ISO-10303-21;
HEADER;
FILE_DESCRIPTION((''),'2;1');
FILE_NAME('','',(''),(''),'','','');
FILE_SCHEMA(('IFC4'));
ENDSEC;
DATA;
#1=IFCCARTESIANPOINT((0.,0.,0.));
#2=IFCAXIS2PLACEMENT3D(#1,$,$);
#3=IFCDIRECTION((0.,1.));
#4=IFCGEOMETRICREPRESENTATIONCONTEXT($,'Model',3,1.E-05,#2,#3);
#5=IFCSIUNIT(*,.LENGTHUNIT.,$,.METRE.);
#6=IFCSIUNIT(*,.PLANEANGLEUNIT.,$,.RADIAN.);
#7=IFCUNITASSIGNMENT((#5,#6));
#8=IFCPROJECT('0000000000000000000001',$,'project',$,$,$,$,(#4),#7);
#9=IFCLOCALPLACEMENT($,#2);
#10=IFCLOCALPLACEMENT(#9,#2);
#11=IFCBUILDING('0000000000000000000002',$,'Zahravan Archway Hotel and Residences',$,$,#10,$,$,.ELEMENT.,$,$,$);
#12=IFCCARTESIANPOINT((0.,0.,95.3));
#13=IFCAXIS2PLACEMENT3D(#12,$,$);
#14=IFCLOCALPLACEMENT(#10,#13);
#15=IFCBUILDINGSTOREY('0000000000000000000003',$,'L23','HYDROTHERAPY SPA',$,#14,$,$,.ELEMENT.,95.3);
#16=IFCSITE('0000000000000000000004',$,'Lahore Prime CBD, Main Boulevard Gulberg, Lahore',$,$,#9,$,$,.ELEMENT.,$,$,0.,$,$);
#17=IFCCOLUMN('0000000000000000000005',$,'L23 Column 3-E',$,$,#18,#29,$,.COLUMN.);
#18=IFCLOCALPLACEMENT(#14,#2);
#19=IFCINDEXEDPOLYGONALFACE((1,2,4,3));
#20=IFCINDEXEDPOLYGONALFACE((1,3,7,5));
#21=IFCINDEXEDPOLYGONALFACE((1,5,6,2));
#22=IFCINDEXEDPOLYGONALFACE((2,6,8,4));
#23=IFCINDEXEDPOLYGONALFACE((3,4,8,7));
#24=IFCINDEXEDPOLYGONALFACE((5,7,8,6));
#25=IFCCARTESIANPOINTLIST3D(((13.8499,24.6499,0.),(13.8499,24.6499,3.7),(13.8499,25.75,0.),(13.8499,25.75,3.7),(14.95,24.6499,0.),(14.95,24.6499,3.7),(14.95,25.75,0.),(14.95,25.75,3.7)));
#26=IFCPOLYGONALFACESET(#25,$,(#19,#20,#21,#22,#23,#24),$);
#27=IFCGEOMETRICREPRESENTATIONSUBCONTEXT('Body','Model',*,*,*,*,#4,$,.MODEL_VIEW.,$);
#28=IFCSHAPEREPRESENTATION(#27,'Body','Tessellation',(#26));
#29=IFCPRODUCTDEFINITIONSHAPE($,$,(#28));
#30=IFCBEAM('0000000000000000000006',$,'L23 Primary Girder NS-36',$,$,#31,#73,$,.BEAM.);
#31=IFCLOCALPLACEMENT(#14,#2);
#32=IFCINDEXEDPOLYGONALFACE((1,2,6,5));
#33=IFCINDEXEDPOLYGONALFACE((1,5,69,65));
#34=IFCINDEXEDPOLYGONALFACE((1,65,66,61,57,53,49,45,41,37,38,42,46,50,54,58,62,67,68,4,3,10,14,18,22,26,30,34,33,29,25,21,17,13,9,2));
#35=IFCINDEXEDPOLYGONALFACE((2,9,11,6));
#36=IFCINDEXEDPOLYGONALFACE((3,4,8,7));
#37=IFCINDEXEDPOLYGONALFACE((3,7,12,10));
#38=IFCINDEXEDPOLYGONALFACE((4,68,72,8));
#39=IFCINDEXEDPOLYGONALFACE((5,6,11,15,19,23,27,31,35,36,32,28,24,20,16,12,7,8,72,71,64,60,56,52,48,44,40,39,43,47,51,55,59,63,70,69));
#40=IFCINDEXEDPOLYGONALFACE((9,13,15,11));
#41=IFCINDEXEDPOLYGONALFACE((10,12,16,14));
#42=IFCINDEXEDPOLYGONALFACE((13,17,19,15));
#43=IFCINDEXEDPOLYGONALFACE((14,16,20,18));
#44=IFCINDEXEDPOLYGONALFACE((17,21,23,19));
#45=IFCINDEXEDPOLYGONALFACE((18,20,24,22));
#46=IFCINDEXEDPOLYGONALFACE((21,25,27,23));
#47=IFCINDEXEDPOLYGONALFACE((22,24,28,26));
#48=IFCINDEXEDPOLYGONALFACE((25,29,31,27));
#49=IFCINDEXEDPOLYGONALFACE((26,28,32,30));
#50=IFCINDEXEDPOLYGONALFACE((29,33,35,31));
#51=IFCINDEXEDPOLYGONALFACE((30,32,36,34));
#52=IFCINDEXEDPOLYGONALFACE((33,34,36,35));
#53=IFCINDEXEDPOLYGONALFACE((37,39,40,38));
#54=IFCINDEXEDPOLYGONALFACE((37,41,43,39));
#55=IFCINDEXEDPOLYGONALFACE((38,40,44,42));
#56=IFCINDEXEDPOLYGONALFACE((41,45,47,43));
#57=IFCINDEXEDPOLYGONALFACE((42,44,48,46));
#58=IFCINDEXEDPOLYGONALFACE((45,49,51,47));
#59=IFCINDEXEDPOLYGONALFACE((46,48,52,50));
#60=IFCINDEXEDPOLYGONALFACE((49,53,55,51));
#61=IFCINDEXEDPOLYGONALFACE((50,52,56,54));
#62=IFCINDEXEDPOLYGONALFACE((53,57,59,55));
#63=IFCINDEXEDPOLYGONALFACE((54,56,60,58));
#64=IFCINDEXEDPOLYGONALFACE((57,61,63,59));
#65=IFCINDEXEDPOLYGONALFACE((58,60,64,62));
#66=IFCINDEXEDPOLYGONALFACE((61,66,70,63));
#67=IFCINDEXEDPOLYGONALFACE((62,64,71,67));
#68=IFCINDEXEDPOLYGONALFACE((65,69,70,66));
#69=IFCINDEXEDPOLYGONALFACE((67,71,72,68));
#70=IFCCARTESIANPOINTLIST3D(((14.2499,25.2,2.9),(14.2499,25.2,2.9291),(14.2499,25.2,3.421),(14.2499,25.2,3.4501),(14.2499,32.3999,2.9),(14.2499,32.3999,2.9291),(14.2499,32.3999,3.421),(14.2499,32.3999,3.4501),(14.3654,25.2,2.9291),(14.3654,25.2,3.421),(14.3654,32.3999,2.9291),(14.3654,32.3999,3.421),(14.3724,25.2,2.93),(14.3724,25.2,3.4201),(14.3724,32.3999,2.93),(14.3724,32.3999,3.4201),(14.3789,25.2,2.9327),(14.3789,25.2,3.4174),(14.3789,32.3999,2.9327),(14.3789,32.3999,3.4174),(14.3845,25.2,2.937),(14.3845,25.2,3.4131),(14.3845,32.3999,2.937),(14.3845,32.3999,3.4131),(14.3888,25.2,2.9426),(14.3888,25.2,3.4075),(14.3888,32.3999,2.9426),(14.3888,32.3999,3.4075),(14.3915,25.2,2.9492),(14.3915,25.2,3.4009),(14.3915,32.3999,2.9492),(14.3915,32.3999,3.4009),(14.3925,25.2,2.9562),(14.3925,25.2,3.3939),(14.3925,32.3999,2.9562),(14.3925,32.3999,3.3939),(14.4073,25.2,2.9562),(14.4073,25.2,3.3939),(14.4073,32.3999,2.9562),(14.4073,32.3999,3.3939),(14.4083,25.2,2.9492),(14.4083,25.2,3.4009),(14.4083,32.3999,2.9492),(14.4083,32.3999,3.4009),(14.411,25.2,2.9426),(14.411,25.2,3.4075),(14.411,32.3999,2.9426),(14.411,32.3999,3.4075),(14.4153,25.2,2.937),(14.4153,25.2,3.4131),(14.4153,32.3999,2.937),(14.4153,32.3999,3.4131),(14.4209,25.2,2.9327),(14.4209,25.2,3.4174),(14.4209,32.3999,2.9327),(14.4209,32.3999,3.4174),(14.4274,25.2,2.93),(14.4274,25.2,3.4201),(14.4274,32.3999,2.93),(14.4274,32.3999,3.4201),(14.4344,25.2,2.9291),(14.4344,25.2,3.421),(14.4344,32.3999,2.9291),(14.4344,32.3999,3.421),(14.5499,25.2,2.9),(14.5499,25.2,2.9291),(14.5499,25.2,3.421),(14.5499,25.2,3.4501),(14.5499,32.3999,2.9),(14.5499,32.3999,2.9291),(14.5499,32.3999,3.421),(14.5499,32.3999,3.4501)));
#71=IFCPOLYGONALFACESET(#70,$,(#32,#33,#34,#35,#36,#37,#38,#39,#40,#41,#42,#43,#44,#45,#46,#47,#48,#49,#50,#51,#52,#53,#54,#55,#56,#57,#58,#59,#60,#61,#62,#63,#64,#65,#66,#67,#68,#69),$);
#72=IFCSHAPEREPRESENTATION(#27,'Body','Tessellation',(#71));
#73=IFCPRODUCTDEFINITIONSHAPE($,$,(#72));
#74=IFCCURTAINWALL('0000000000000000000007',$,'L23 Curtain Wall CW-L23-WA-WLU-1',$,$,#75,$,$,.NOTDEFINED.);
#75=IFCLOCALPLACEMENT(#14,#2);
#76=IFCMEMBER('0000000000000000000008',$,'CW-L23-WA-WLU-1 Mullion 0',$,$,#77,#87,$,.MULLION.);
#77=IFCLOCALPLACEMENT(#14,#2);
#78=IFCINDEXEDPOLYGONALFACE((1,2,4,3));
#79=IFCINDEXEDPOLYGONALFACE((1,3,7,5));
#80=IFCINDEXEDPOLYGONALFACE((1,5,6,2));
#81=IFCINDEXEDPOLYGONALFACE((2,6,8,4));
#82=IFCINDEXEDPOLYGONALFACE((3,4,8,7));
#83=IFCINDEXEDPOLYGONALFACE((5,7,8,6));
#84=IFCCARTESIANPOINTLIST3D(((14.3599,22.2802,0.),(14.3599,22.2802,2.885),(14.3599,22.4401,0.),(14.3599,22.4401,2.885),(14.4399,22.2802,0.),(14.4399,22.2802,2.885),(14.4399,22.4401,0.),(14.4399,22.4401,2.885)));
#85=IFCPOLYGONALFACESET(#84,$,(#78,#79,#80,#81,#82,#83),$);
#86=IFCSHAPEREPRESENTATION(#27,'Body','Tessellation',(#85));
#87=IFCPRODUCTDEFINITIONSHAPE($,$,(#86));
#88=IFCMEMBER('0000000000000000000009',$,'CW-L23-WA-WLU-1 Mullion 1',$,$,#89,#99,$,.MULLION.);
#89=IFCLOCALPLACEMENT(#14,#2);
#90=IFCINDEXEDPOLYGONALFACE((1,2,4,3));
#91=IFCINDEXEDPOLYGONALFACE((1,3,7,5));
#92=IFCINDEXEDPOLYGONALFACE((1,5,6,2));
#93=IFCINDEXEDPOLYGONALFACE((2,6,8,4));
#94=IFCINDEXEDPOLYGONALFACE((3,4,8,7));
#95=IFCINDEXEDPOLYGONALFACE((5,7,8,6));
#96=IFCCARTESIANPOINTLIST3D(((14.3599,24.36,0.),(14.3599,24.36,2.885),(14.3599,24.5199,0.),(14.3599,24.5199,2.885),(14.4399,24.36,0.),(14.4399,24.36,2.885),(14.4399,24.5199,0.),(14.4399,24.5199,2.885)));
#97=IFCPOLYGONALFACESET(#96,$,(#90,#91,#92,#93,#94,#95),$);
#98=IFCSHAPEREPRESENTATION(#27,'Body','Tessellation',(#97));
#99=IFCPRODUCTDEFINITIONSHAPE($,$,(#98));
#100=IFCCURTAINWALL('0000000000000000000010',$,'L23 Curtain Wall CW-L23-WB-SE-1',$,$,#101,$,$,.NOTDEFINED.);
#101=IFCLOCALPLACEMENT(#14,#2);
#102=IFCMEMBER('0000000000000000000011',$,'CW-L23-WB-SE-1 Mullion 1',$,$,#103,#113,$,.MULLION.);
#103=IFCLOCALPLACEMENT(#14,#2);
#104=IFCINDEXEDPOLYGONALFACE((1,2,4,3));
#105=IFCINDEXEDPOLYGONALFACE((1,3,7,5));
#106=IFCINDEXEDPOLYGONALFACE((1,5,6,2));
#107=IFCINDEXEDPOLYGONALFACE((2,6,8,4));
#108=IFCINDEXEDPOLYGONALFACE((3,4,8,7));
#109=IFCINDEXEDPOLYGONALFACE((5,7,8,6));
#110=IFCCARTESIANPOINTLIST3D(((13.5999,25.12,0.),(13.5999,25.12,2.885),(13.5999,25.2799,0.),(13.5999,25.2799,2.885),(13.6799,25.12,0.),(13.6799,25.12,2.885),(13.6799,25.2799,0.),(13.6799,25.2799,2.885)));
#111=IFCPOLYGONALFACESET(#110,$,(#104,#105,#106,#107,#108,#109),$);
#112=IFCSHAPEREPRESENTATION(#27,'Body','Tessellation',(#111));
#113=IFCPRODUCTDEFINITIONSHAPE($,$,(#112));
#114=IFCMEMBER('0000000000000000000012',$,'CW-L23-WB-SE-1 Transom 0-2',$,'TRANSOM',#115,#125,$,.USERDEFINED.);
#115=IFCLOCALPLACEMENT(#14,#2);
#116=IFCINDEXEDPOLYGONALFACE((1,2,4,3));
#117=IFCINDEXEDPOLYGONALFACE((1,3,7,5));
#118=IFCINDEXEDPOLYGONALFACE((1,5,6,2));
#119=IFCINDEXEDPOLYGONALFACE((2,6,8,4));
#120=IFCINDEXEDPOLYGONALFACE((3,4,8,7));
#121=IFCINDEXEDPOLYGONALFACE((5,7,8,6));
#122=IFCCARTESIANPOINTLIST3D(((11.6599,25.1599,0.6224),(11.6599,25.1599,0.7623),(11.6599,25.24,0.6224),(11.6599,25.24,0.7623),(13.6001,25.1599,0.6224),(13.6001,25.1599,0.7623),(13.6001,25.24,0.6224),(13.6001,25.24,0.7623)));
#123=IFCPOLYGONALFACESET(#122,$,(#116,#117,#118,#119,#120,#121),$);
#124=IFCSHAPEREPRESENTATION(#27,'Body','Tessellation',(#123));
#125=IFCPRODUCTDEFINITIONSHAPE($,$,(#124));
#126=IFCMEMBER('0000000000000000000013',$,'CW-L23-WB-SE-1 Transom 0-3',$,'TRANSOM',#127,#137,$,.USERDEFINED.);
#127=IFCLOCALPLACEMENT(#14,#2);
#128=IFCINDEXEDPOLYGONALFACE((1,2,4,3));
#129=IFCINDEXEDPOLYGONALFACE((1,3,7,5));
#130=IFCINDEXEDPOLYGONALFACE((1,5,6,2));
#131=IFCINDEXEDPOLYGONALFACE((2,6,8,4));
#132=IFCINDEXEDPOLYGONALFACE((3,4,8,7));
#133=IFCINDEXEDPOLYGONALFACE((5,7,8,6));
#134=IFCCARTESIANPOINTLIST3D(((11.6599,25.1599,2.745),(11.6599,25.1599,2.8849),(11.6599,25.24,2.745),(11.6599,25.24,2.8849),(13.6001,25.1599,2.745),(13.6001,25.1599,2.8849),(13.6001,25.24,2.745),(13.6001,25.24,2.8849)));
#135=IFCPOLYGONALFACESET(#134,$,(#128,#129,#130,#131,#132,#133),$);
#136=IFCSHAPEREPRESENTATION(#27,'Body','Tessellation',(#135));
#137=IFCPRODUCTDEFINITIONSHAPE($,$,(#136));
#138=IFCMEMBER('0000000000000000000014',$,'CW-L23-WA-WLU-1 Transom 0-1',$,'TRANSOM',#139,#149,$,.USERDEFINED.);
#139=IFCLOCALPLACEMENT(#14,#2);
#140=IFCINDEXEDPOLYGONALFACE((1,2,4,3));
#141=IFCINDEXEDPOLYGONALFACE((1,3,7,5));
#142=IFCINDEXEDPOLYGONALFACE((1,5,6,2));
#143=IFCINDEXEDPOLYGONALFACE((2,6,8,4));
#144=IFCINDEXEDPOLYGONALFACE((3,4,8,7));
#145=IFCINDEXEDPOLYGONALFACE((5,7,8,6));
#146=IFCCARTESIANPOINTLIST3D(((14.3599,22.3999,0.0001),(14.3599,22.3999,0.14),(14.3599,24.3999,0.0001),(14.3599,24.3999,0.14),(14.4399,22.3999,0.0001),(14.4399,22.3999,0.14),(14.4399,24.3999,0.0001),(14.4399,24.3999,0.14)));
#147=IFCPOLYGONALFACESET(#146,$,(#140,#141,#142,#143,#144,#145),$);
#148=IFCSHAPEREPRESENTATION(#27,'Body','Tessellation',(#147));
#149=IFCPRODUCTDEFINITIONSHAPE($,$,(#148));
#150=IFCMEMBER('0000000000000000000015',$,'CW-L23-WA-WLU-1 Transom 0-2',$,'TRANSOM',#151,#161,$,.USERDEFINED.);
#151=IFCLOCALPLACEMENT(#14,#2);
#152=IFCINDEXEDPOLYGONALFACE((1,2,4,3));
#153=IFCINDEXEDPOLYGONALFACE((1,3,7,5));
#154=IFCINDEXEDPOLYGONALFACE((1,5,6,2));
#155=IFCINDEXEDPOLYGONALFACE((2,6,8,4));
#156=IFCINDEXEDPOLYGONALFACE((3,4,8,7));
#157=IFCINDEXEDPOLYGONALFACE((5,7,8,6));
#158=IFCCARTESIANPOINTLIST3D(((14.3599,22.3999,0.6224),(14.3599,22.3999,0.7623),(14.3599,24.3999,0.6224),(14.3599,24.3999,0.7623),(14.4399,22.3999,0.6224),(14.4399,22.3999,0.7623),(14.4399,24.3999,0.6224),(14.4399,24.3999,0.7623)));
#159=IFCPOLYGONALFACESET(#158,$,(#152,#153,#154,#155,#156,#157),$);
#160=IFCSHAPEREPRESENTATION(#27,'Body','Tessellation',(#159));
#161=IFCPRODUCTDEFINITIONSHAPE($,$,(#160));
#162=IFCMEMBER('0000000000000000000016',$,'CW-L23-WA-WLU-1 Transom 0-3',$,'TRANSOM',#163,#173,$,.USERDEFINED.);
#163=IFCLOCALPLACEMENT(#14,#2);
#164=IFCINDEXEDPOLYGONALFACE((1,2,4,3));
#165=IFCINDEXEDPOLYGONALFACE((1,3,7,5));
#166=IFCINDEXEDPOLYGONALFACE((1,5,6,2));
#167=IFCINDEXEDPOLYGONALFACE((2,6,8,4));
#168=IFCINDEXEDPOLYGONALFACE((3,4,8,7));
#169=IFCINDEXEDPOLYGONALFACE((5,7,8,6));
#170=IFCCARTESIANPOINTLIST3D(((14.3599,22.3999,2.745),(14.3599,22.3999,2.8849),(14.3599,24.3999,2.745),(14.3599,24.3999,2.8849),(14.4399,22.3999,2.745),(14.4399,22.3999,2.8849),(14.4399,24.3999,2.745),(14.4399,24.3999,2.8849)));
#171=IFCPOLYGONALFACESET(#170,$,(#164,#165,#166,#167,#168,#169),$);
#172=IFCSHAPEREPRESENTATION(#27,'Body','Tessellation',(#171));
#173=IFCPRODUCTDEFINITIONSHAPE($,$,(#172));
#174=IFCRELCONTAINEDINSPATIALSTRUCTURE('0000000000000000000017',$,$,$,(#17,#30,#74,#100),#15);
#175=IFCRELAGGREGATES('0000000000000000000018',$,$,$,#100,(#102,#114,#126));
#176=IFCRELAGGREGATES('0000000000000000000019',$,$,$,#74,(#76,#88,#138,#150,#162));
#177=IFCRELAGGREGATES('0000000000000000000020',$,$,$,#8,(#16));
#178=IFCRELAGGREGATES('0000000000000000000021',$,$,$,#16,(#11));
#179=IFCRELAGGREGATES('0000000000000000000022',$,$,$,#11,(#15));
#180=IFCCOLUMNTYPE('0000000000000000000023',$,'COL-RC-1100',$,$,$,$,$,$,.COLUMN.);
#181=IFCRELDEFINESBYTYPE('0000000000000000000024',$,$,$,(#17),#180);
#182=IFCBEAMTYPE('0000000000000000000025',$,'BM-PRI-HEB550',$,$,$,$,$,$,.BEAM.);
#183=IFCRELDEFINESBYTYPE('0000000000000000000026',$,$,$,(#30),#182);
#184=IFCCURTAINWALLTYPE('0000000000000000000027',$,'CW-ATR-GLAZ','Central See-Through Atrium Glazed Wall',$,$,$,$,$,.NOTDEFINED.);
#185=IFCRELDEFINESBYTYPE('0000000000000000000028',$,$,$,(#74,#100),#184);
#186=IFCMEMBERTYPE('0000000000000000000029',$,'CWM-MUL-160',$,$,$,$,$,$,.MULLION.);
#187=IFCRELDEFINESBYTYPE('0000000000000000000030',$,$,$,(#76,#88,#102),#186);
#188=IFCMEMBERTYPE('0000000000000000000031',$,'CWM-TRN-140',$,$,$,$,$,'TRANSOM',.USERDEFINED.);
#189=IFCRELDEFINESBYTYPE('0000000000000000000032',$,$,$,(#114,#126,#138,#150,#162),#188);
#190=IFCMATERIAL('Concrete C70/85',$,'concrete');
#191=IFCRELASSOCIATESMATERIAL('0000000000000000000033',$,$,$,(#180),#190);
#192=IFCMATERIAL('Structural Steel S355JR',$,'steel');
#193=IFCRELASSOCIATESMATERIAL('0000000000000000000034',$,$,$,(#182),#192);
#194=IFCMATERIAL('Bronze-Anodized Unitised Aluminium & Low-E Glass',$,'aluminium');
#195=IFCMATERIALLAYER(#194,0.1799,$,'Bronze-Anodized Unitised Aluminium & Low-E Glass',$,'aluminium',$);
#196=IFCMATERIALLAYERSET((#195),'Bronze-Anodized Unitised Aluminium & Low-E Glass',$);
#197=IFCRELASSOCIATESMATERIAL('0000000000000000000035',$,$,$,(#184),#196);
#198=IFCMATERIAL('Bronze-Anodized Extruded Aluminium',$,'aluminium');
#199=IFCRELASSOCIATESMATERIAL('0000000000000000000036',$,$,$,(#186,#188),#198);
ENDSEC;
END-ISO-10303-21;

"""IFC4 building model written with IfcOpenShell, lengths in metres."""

from ifc_helpers import new_model, si_unit, direction, frame, origin, origin_2d, place, context, subcontext, project, spatial, rectangle, i_section, extrude, source, transform, mapped, material, layer, layer_set, material_profile, profile_set, type_object, element, aggregate, save


model = new_model("IFC4")

# Units and contexts
model_context = context("Model", 3, precision=1e-05, world=origin(), true_north=direction((0.0, 1.0)))
body_context = subcontext(model_context, "Body", "Model", "MODEL_VIEW")
ifc_project = project(units=[si_unit("LENGTHUNIT", "METRE"), si_unit("PLANEANGLEUNIT", "RADIAN")], contexts=[model_context])

# Site, building, storey
site_placement = place(None, origin())
site = spatial("IfcSite", under=ifc_project, at=site_placement, Name="Lahore Prime CBD, Main Boulevard Gulberg, Lahore", CompositionType="ELEMENT", RefElevation=0.0)
building_placement = place(site_placement, origin())
building = spatial("IfcBuilding", under=site, at=building_placement, Name="Zahravan Archway Hotel and Residences", CompositionType="ELEMENT")
storey_placement = place(building_placement, frame((0.0, 0.0, 95.3)))
storey = spatial("IfcBuildingStorey", under=building, at=storey_placement, Name="L23", Description="HYDROTHERAPY SPA", CompositionType="ELEMENT", Elevation=95.3)

# Column
ifc_material_1 = material(Name="Concrete C70/85", Category="concrete")
ifc_material_profile_1 = material_profile(ifc_material_1, rectangle(XDim=1.1001, YDim=1.1001, at=origin_2d()), Name="RC 1100x1100", Category="concrete")
ifc_profile_set_1 = profile_set([ifc_material_profile_1], Name="Concrete C70/85")
column_type = type_object("IfcColumnType", Name="COL-RC-1100", PredefinedType="COLUMN", material=ifc_profile_set_1)
shared_shape_1 = source(origin(), body_context, "Body", "SweptSolid", [
    extrude(rectangle(XDim=1.1001, YDim=1.1001, at=origin_2d()), origin(), (0.0, 0.0, 1.0), 3.7),
])
column_placement = place(storey_placement, frame((14.3999, 25.2, 0.0), z_axis=(0.0, 0.0, 1.0), x_axis=(1.0, 0.0, 0.0)))
element("IfcColumn", 1, at=column_placement, inside=storey, type_object=column_type, Name="L23 Column 3-E", PredefinedType="COLUMN", context=body_context, shape_type="MappedRepresentation", body=[
    mapped(shared_shape_1, transform((0.0, 0.0, 0.0), scale=1.0)),
])

# Beam
ifc_material_2 = material(Name="Structural Steel S355JR", Category="steel")
ifc_material_profile_2 = material_profile(ifc_material_2, i_section(OverallWidth=0.3, OverallDepth=0.55, WebThickness=0.0149, FlangeThickness=0.0291, FilletRadius=0.0271, at=origin_2d()), Name="HEB 550", Category="steel")
ifc_profile_set_2 = profile_set([ifc_material_profile_2], Name="Structural Steel S355JR")
beam_type = type_object("IfcBeamType", Name="BM-PRI-HEB550", PredefinedType="BEAM", material=ifc_profile_set_2)
shared_shape_2 = source(origin(), body_context, "Body", "SweptSolid", [
    extrude(i_section(OverallWidth=0.3, OverallDepth=0.55, WebThickness=0.0149, FlangeThickness=0.0291, FilletRadius=0.0271, at=origin_2d()), origin(), (0.0, 0.0, 1.0), 7.2),
])
beam_placement = place(storey_placement, frame((14.3999, 25.2, 3.175), z_axis=(0.0, 1.0, 0.0), x_axis=(-1.0, 0.0, 0.0)))
element("IfcBeam", 2, at=beam_placement, inside=storey, type_object=beam_type, Name="L23 Primary Girder NS-36", PredefinedType="BEAM", context=body_context, shape_type="MappedRepresentation", body=[
    mapped(shared_shape_2, transform((0.0, 0.0, 0.0), scale=1.0)),
])

# Curtain walls, members
ifc_material_3 = material(Name="Bronze-Anodized Unitised Aluminium & Low-E Glass", Category="aluminium")
ifc_layer_1 = layer(ifc_material_3, 0.1799, Name="Bronze-Anodized Unitised Aluminium & Low-E Glass", Category="aluminium")
ifc_layer_set_1 = layer_set([ifc_layer_1], Name="Bronze-Anodized Unitised Aluminium & Low-E Glass")
curtain_wall_type = type_object("IfcCurtainWallType", Name="CW-ATR-GLAZ", Description="Central See-Through Atrium Glazed Wall", PredefinedType="NOTDEFINED", material=ifc_layer_set_1)
curtain_wall_1_placement = place(storey_placement, origin())
curtain_wall_1 = element("IfcCurtainWall", 3, at=curtain_wall_1_placement, inside=storey, type_object=curtain_wall_type, Name="L23 Curtain Wall CW-L23-WA-WLU-1", PredefinedType="NOTDEFINED")
ifc_material_4 = material(Name="Bronze-Anodized Extruded Aluminium", Category="aluminium")
ifc_material_profile_3 = material_profile(ifc_material_4, rectangle(XDim=0.0801, YDim=0.1599, at=origin_2d()), Name="MUL 80x160", Category="aluminium")
ifc_profile_set_3 = profile_set([ifc_material_profile_3], Name="Bronze-Anodized Extruded Aluminium")
member_type_1 = type_object("IfcMemberType", Name="CWM-MUL-160", PredefinedType="MULLION", material=ifc_profile_set_3)
shared_shape_3 = source(origin(), body_context, "Body", "SweptSolid", [
    extrude(rectangle(XDim=0.0801, YDim=0.1599, at=origin_2d()), origin(), (0.0, 0.0, 1.0), 2.885),
])
member_1_placement = place(storey_placement, frame((14.3999, 22.3601, 0.0), z_axis=(0.0, 0.0, 1.0), x_axis=(1.0, 0.0, 0.0)))
member_1 = element("IfcMember", 4, at=member_1_placement, type_object=member_type_1, Name="CW-L23-WA-WLU-1 Mullion 0", PredefinedType="MULLION", context=body_context, shape_type="MappedRepresentation", body=[
    mapped(shared_shape_3, transform((0.0, 0.0, 0.0), scale=1.0)),
])
member_2_placement = place(storey_placement, frame((14.3999, 24.4399, 0.0), z_axis=(0.0, 0.0, 1.0), x_axis=(1.0, 0.0, 0.0)))
member_2 = element("IfcMember", 5, at=member_2_placement, type_object=member_type_1, Name="CW-L23-WA-WLU-1 Mullion 1", PredefinedType="MULLION", context=body_context, shape_type="MappedRepresentation", body=[
    mapped(shared_shape_3, transform((0.0, 0.0, 0.0), scale=1.0)),
])
curtain_wall_2_placement = place(storey_placement, origin())
curtain_wall_2 = element("IfcCurtainWall", 6, at=curtain_wall_2_placement, inside=storey, type_object=curtain_wall_type, Name="L23 Curtain Wall CW-L23-WB-SE-1", PredefinedType="NOTDEFINED")
member_3_placement = place(storey_placement, frame((13.6399, 25.2, 0.0), z_axis=(0.0, 0.0, 1.0), x_axis=(1.0, 0.0, 0.0)))
member_3 = element("IfcMember", 7, at=member_3_placement, type_object=member_type_1, Name="CW-L23-WB-SE-1 Mullion 1", PredefinedType="MULLION", context=body_context, shape_type="MappedRepresentation", body=[
    mapped(shared_shape_3, transform((0.0, 0.0, 0.0), scale=1.0)),
])
ifc_material_profile_4 = material_profile(ifc_material_4, rectangle(XDim=0.0801, YDim=0.1399, at=origin_2d()), Name="TRN 80x140", Category="aluminium")
ifc_profile_set_4 = profile_set([ifc_material_profile_4], Name="Bronze-Anodized Extruded Aluminium")
member_type_2 = type_object("IfcMemberType", Name="CWM-TRN-140", ElementType="TRANSOM", PredefinedType="USERDEFINED", material=ifc_profile_set_4)
shared_shape_4 = source(origin(), body_context, "Body", "SweptSolid", [
    extrude(rectangle(XDim=0.0801, YDim=0.1399, at=origin_2d()), origin(), (0.0, 0.0, 1.0), 1.9402),
])
member_4_placement = place(storey_placement, frame((11.6599, 25.2, 0.6924), z_axis=(1.0, 0.0, 0.0), x_axis=(0.0, 1.0, 0.0)))
member_4 = element("IfcMember", 8, at=member_4_placement, type_object=member_type_2, Name="CW-L23-WB-SE-1 Transom 0-2", ObjectType="TRANSOM", PredefinedType="USERDEFINED", context=body_context, shape_type="MappedRepresentation", body=[
    mapped(shared_shape_4, transform((0.0, 0.0, 0.0), scale=1.0)),
])
member_5_placement = place(storey_placement, frame((11.6599, 25.2, 2.8149), z_axis=(1.0, 0.0, 0.0), x_axis=(0.0, 1.0, 0.0)))
member_5 = element("IfcMember", 9, at=member_5_placement, type_object=member_type_2, Name="CW-L23-WB-SE-1 Transom 0-3", ObjectType="TRANSOM", PredefinedType="USERDEFINED", context=body_context, shape_type="MappedRepresentation", body=[
    mapped(shared_shape_4, transform((0.0, 0.0, 0.0), scale=1.0)),
])

# Members
shared_shape_5 = source(origin(), body_context, "Body", "SweptSolid", [
    extrude(rectangle(XDim=0.0801, YDim=0.1399, at=origin_2d()), origin(), (0.0, 0.0, 1.0), 2.0),
])
member_6_placement = place(storey_placement, frame((14.3999, 22.3999, 0.0701), z_axis=(0.0, 1.0, 0.0), x_axis=(-1.0, 0.0, 0.0)))
member_6 = element("IfcMember", 10, at=member_6_placement, type_object=member_type_2, Name="CW-L23-WA-WLU-1 Transom 0-1", ObjectType="TRANSOM", PredefinedType="USERDEFINED", context=body_context, shape_type="MappedRepresentation", body=[
    mapped(shared_shape_5, transform((0.0, 0.0, 0.0), scale=1.0)),
])
member_7_placement = place(storey_placement, frame((14.3999, 22.3999, 0.6924), z_axis=(0.0, 1.0, 0.0), x_axis=(-1.0, 0.0, 0.0)))
member_7 = element("IfcMember", 11, at=member_7_placement, type_object=member_type_2, Name="CW-L23-WA-WLU-1 Transom 0-2", ObjectType="TRANSOM", PredefinedType="USERDEFINED", context=body_context, shape_type="MappedRepresentation", body=[
    mapped(shared_shape_5, transform((0.0, 0.0, 0.0), scale=1.0)),
])
member_8_placement = place(storey_placement, frame((14.3999, 22.3999, 2.8149), z_axis=(0.0, 1.0, 0.0), x_axis=(-1.0, 0.0, 0.0)))
member_8 = element("IfcMember", 12, at=member_8_placement, type_object=member_type_2, Name="CW-L23-WA-WLU-1 Transom 0-3", ObjectType="TRANSOM", PredefinedType="USERDEFINED", context=body_context, shape_type="MappedRepresentation", body=[
    mapped(shared_shape_5, transform((0.0, 0.0, 0.0), scale=1.0)),
])

aggregate(curtain_wall_2, [member_3, member_4, member_5])
aggregate(curtain_wall_1, [member_1, member_2, member_6, member_7, member_8])

save(model, "model.ifc")
